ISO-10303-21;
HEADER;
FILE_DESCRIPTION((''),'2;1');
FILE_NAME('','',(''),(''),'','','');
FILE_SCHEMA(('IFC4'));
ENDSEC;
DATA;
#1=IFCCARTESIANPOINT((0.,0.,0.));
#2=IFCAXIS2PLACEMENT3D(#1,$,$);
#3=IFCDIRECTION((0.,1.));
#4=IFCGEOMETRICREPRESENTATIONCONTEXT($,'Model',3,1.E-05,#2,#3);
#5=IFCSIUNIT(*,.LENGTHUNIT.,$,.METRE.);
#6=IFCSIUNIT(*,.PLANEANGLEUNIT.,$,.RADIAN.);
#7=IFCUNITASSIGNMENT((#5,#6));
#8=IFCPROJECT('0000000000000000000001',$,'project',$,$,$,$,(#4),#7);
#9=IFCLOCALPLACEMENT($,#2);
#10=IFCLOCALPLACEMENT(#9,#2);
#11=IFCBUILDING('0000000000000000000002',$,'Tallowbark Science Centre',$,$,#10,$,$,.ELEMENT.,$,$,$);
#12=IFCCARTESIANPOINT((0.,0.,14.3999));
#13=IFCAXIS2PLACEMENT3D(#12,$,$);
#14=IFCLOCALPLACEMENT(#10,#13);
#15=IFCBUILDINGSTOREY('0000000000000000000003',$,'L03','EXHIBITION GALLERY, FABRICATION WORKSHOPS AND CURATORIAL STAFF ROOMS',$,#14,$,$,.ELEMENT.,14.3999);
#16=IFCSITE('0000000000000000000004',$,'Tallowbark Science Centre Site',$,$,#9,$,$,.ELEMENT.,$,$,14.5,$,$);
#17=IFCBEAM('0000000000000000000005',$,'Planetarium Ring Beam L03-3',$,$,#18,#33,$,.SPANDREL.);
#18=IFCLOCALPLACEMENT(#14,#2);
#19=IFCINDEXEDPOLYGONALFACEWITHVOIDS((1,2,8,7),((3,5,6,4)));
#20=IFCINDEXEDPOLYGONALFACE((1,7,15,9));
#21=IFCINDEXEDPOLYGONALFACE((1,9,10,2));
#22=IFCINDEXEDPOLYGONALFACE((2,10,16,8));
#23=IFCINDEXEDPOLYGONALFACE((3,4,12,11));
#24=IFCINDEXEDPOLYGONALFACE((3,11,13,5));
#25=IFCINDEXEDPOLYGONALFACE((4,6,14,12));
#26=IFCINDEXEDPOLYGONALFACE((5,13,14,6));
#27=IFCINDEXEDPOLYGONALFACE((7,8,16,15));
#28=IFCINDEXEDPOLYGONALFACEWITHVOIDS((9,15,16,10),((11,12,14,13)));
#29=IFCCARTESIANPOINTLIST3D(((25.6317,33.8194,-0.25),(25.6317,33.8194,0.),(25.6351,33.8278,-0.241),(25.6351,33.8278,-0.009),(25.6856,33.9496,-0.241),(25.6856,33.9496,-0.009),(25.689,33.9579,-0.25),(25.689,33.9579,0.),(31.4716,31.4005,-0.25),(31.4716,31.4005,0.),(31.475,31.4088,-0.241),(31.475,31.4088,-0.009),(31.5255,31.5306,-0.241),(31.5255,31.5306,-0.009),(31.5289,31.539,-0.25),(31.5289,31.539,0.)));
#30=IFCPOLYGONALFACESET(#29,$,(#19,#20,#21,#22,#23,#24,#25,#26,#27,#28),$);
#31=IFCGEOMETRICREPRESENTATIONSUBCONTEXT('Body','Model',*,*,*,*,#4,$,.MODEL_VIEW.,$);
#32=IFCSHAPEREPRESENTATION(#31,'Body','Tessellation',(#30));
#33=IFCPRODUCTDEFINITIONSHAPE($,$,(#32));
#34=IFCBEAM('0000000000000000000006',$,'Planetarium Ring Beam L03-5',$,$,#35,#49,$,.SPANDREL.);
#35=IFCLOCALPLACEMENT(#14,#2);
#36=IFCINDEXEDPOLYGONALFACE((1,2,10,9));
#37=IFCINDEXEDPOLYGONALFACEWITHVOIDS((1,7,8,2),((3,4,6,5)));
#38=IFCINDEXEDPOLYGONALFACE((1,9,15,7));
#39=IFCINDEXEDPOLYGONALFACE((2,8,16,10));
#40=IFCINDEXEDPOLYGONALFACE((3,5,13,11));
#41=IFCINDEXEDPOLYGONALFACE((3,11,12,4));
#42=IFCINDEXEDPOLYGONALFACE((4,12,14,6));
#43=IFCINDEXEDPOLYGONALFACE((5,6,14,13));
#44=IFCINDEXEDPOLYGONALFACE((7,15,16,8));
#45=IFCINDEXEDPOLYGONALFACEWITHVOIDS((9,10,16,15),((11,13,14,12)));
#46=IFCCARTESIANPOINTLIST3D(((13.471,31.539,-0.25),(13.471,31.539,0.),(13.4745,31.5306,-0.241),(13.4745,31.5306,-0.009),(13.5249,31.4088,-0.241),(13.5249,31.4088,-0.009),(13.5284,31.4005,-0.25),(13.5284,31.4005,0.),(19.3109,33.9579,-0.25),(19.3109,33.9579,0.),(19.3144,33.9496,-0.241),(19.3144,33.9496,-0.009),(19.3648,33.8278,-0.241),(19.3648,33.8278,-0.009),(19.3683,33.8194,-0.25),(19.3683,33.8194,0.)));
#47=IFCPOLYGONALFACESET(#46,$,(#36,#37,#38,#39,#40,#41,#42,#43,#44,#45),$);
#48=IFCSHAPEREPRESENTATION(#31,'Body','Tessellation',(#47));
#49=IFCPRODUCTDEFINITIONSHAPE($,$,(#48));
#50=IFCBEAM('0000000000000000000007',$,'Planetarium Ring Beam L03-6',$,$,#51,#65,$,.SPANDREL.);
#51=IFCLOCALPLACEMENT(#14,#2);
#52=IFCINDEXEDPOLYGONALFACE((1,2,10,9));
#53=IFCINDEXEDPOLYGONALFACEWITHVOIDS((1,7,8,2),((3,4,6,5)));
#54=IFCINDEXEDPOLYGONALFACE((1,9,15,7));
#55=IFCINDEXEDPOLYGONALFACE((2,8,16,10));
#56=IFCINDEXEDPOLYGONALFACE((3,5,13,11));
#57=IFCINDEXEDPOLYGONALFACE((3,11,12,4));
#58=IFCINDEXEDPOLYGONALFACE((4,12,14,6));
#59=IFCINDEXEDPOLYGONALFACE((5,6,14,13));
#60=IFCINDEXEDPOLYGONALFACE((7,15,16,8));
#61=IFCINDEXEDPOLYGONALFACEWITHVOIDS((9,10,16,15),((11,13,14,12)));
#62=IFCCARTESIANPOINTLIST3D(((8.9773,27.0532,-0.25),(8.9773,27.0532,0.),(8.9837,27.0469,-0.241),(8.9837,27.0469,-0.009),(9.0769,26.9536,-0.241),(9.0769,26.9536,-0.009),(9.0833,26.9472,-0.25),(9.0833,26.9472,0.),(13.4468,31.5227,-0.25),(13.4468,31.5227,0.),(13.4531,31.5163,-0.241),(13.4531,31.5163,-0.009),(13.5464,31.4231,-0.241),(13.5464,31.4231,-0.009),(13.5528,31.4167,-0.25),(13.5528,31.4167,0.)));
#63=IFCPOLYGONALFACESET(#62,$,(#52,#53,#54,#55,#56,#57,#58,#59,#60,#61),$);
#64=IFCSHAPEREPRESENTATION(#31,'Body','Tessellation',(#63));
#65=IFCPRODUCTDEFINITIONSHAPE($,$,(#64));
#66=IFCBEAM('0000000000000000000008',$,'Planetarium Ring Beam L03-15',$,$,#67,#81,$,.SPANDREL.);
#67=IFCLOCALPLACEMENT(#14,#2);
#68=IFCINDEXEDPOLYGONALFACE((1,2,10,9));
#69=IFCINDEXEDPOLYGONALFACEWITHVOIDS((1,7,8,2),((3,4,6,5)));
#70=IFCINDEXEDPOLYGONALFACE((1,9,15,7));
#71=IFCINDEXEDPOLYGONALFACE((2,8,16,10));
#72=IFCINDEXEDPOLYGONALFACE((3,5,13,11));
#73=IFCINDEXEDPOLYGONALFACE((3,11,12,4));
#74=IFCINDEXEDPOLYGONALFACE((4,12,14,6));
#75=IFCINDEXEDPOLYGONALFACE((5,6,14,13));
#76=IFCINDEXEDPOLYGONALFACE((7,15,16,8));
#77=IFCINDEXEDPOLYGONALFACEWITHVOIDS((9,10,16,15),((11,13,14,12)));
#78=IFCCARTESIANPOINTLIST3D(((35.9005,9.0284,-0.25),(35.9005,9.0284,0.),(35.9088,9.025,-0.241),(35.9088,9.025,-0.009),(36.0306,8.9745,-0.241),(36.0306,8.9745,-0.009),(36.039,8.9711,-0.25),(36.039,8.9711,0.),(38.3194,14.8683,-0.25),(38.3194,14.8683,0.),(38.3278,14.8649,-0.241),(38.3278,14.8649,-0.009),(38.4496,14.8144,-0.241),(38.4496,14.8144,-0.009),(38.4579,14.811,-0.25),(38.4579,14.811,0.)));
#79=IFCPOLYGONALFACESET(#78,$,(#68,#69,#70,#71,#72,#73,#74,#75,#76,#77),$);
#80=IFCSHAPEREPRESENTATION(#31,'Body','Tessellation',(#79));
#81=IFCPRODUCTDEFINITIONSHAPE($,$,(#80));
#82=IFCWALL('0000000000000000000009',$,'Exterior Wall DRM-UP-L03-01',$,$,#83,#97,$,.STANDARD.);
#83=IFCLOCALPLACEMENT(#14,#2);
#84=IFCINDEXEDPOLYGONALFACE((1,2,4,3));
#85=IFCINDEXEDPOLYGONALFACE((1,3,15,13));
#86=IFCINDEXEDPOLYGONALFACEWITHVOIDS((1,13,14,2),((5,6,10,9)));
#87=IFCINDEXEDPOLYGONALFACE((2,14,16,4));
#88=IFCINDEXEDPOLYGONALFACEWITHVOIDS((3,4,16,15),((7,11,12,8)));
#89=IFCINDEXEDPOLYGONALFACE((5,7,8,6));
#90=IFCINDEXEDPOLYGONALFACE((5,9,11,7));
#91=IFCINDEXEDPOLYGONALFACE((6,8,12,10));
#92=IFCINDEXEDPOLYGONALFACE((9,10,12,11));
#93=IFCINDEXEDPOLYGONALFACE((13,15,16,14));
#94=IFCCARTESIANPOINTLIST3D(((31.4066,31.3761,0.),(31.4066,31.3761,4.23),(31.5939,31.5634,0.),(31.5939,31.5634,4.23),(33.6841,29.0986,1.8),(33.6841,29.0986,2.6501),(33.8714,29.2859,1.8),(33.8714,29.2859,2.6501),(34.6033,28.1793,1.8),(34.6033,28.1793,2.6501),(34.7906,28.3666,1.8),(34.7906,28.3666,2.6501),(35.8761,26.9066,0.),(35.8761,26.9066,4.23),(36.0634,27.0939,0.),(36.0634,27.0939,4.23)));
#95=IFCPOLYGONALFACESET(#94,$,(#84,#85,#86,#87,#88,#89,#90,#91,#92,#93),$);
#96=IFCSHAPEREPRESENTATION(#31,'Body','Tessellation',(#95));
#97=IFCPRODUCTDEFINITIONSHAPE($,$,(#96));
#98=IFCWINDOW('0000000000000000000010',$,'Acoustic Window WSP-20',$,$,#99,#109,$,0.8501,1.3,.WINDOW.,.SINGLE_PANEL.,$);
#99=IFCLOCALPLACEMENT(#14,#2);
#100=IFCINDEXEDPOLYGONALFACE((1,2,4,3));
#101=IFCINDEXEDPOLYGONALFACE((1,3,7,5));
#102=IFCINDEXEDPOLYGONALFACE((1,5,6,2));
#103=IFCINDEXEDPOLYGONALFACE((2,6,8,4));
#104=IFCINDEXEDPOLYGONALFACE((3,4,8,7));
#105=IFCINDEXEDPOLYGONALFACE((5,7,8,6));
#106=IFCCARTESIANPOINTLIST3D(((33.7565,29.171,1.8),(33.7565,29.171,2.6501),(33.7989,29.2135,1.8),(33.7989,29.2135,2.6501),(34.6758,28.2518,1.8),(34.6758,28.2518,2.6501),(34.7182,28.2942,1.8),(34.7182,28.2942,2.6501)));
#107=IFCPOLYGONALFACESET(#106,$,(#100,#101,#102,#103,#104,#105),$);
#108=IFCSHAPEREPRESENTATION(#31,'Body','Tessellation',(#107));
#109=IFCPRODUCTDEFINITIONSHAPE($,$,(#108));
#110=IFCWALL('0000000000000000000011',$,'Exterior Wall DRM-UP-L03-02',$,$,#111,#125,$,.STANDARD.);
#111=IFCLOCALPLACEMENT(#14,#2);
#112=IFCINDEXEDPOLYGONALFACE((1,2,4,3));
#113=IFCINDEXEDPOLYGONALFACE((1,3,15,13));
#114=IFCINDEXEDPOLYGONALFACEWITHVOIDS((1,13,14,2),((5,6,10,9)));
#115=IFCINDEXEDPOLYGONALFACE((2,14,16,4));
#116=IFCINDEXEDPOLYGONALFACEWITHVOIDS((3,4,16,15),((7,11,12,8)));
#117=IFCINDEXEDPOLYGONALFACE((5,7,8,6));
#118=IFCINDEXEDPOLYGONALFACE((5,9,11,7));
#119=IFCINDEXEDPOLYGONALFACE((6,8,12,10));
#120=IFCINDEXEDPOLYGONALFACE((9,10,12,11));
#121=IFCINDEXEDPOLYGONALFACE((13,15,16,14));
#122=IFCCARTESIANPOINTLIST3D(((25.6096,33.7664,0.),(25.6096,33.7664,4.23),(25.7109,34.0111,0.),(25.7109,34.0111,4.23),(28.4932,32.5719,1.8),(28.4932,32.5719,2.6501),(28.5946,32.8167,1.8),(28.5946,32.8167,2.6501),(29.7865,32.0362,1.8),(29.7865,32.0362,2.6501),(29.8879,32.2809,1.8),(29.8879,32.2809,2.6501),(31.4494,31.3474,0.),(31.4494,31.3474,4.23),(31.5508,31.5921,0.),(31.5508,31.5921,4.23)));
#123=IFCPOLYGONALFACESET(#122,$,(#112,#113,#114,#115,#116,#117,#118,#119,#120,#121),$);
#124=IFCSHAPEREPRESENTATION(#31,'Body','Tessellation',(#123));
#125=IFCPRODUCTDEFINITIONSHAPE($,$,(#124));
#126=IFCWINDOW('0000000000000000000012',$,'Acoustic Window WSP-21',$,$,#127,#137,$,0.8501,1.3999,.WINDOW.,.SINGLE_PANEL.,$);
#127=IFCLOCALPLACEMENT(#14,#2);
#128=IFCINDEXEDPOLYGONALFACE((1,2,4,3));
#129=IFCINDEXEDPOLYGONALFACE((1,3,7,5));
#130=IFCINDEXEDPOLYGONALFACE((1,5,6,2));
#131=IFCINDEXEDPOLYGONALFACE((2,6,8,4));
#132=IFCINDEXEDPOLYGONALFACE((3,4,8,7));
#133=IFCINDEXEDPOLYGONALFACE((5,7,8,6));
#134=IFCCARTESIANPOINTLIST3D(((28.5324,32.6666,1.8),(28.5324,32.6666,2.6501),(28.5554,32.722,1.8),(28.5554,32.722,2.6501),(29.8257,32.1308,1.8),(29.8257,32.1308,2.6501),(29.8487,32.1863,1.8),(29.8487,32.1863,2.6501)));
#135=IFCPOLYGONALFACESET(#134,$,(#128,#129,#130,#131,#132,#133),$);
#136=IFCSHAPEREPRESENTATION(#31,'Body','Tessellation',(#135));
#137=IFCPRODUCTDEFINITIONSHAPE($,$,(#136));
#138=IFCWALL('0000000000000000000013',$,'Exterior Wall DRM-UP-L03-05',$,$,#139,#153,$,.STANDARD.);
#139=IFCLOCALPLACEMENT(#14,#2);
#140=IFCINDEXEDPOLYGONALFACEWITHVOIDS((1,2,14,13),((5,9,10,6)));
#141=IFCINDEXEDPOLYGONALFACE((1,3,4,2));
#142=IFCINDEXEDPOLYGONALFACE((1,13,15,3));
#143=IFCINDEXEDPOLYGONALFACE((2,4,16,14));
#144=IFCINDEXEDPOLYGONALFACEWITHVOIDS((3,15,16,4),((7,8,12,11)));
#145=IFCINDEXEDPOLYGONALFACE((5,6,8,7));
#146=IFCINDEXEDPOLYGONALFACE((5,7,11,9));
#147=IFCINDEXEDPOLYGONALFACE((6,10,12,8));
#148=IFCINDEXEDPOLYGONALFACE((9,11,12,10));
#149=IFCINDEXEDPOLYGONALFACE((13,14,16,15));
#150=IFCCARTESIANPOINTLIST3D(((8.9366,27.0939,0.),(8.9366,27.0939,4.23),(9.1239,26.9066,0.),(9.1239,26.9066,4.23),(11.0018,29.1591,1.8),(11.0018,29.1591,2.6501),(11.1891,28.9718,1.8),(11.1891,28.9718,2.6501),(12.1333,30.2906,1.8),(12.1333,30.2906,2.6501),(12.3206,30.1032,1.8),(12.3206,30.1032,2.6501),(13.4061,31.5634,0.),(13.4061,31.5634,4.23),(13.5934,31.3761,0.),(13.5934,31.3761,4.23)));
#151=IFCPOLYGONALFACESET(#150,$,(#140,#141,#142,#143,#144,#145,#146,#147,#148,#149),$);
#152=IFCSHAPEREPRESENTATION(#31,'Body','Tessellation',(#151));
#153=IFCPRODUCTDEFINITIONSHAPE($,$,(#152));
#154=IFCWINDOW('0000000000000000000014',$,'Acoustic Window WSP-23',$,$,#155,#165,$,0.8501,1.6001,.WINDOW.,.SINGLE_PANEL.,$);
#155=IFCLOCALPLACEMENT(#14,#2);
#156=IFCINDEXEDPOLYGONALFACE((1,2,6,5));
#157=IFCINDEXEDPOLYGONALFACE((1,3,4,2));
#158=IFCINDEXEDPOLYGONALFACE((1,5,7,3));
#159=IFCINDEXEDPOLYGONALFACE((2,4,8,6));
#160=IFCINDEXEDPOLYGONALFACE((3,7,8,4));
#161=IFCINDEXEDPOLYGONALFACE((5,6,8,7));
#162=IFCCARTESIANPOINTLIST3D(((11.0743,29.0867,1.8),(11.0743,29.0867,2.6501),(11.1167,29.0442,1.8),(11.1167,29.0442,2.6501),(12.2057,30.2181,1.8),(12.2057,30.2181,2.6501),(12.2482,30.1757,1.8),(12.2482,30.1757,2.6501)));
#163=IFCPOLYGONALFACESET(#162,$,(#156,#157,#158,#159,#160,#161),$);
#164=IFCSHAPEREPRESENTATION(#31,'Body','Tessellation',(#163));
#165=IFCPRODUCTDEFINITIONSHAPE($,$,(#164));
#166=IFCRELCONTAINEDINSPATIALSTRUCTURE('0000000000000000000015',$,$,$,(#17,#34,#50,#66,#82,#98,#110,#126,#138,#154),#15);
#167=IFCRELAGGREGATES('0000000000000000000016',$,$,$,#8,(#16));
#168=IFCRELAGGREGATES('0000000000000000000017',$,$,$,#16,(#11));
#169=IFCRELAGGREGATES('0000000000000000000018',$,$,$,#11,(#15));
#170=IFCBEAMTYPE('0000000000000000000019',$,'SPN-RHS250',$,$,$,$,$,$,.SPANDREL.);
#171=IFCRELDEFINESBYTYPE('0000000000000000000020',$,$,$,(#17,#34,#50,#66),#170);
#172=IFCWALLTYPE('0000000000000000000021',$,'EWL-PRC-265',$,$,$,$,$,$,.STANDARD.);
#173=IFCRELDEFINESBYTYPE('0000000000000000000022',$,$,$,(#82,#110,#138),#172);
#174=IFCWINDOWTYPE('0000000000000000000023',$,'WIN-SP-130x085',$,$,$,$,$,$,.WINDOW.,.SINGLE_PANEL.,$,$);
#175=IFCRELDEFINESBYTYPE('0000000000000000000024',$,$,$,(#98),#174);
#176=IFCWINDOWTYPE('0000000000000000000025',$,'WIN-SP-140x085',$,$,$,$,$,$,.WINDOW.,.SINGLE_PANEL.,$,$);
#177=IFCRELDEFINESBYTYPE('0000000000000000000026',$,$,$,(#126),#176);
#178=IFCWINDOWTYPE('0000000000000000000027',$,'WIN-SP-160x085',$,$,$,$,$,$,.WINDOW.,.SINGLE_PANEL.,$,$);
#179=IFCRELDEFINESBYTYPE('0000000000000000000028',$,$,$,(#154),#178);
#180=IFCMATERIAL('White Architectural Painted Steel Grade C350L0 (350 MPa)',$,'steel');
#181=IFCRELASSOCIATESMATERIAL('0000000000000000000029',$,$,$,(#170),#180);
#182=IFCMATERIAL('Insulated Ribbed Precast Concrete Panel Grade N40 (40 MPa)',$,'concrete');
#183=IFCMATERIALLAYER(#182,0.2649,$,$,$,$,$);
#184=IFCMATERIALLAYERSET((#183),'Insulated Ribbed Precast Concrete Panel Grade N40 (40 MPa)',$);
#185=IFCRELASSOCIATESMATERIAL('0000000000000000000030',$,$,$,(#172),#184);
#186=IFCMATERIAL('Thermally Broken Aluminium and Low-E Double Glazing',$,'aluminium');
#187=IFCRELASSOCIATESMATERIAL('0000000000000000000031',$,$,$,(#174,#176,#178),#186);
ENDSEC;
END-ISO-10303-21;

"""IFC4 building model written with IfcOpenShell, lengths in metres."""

from ifc_helpers import new_model, si_unit, direction, frame, frame_2d, origin, origin_2d, place, context, subcontext, project, spatial, rectangle, hollow_rectangle, extrude, material, layer, layer_set, material_profile, profile_set, type_object, element, fill, save


model = new_model("IFC4")

# Units and contexts
model_context = context("Model", 3, precision=1e-05, world=origin(), true_north=direction((0.0, 1.0)))
body_context = subcontext(model_context, "Body", "Model", "MODEL_VIEW")
ifc_project = project(units=[si_unit("LENGTHUNIT", "METRE"), si_unit("PLANEANGLEUNIT", "RADIAN")], contexts=[model_context])

# Site, building, storey
site_placement = place(None, origin())
site = spatial("IfcSite", under=ifc_project, at=site_placement, Name="Tallowbark Science Centre Site", CompositionType="ELEMENT", RefElevation=14.5)
building_placement = place(site_placement, origin())
building = spatial("IfcBuilding", under=site, at=building_placement, Name="Tallowbark Science Centre", CompositionType="ELEMENT")
storey_placement = place(building_placement, frame((0.0, 0.0, 14.3999)))
storey = spatial("IfcBuildingStorey", under=building, at=storey_placement, Name="L03", Description="EXHIBITION GALLERY, FABRICATION WORKSHOPS AND CURATORIAL STAFF ROOMS", CompositionType="ELEMENT", Elevation=14.3999)

# Beams
ifc_material_1 = material(Name="White Architectural Painted Steel Grade C350L0 (350 MPa)", Category="steel")
ifc_material_profile_1 = material_profile(ifc_material_1, hollow_rectangle(XDim=0.1499, YDim=0.25, WallThickness=0.009, at=origin_2d()), Name="250x150x9.0RHS")
ifc_profile_set_1 = profile_set([ifc_material_profile_1], Name="White Architectural Painted Steel Grade C350L0 (350 MPa)")
beam_type = type_object("IfcBeamType", Name="SPN-RHS250", PredefinedType="SPANDREL", material=ifc_profile_set_1)
for number, where, z_axis, x_axis, name in (
    (1, (31.5002, 31.4697, -0.125), (-0.923879, 0.382684, 0.0), (-0.382684, -0.923879, 0.0), "Planetarium Ring Beam L03-3"),
    (2, (19.3396, 33.8887, -0.125), (-0.923879, -0.382684, 0.0), (0.382684, -0.923879, 0.0), "Planetarium Ring Beam L03-5"),
):
    element("IfcBeam", number, at=place(storey_placement, frame(where, z_axis=z_axis, x_axis=x_axis)), inside=storey, type_object=beam_type, Name=name, PredefinedType="SPANDREL", context=body_context, shape_type="SweptSolid", body=[
        extrude(hollow_rectangle(XDim=0.1499, YDim=0.25, WallThickness=0.009, at=origin_2d()), origin(), (0.0, 0.0, 1.0), 6.321),
    ])
beam_1_placement = place(storey_placement, frame((13.4998, 31.4697, -0.125), z_axis=(-0.707107, -0.707107, 0.0), x_axis=(0.707107, -0.707107, 0.0)))
element("IfcBeam", 3, at=beam_1_placement, inside=storey, type_object=beam_type, Name="Planetarium Ring Beam L03-6", PredefinedType="SPANDREL", context=body_context, shape_type="SweptSolid", body=[
    extrude(hollow_rectangle(XDim=0.1499, YDim=0.25, WallThickness=0.009, at=origin_2d()), origin(), (0.0, 0.0, 1.0), 6.3208),
])
beam_2_placement = place(storey_placement, frame((35.9697, 8.9998, -0.125), z_axis=(0.382684, 0.923879, 0.0), x_axis=(-0.923879, 0.382684, 0.0)))
element("IfcBeam", 4, at=beam_2_placement, inside=storey, type_object=beam_type, Name="Planetarium Ring Beam L03-15", PredefinedType="SPANDREL", context=body_context, shape_type="SweptSolid", body=[
    extrude(hollow_rectangle(XDim=0.1499, YDim=0.25, WallThickness=0.009, at=origin_2d()), origin(), (0.0, 0.0, 1.0), 6.321),
])

# Walls, openings, windows
ifc_material_2 = material(Name="Insulated Ribbed Precast Concrete Panel Grade N40 (40 MPa)", Category="concrete")
ifc_layer_1 = layer(ifc_material_2, 0.2649)
ifc_layer_set_1 = layer_set([ifc_layer_1], Name="Insulated Ribbed Precast Concrete Panel Grade N40 (40 MPa)")
wall_type = type_object("IfcWallType", Name="EWL-PRC-265", PredefinedType="STANDARD", material=ifc_layer_set_1)
wall_1_placement = place(storey_placement, frame((35.9697, 27.0002, 0.0), z_axis=(0.0, 0.0, 1.0), x_axis=(-0.707107, 0.707107, 0.0)))
wall_1 = element("IfcWall", 5, at=wall_1_placement, inside=storey, type_object=wall_type, Name="Exterior Wall DRM-UP-L03-01", PredefinedType="STANDARD", context=body_context, shape_type="SweptSolid", body=[
    extrude(rectangle(XDim=6.3208, YDim=0.2649, at=frame_2d((3.1604, 0.0))), origin(), (0.0, 0.0, 1.0), 4.23),
])
opening_1_placement = place(wall_1_placement, frame((1.8, 0.0, 1.8)))
opening_1 = element("IfcOpeningElement", 6, at=opening_1_placement, cuts=wall_1, PredefinedType="OPENING", context=body_context, shape_type="SweptSolid", body=[
    extrude(rectangle(XDim=1.3, YDim=0.8501, at=frame_2d((0.6499, 0.425))), frame((0.0, 0.1426, 0.0), z_axis=(0.0, -1.0, 0.0), x_axis=(1.0, 0.0, 0.0)), (0.0, 0.0, 1.0), 0.2849),
])
ifc_material_3 = material(Name="Thermally Broken Aluminium and Low-E Double Glazing", Category="aluminium")
window_type_1 = type_object("IfcWindowType", Name="WIN-SP-130x085", PartitioningType="SINGLE_PANEL", PredefinedType="WINDOW", material=ifc_material_3)
window_1_placement = place(opening_1_placement, origin())
window_1 = element("IfcWindow", 7, at=window_1_placement, inside=storey, type_object=window_type_1, Name="Acoustic Window WSP-20", OverallHeight=0.8501, OverallWidth=1.3, PartitioningType="SINGLE_PANEL", PredefinedType="WINDOW", context=body_context, shape_type="SweptSolid", body=[
    extrude(rectangle(XDim=1.3, YDim=0.8501, at=frame_2d((0.6499, 0.425))), frame((0.0, 0.03, 0.0), z_axis=(0.0, -1.0, 0.0), x_axis=(1.0, 0.0, 0.0)), (0.0, 0.0, 1.0), 0.0601),
])
fill(opening_1, window_1)
wall_2_placement = place(storey_placement, frame((31.5002, 31.4697, 0.0), z_axis=(0.0, 0.0, 1.0), x_axis=(-0.923879, 0.382684, 0.0)))
wall_2 = element("IfcWall", 8, at=wall_2_placement, inside=storey, type_object=wall_type, Name="Exterior Wall DRM-UP-L03-02", PredefinedType="STANDARD", context=body_context, shape_type="SweptSolid", body=[
    extrude(rectangle(XDim=6.321, YDim=0.2649, at=frame_2d((3.1606, 0.0))), origin(), (0.0, 0.0, 1.0), 4.23),
])
opening_2_placement = place(wall_2_placement, frame((1.8, 0.0, 1.8)))
opening_2 = element("IfcOpeningElement", 9, at=opening_2_placement, cuts=wall_2, PredefinedType="OPENING", context=body_context, shape_type="SweptSolid", body=[
    extrude(rectangle(XDim=1.3999, YDim=0.8501, at=frame_2d((0.7, 0.425))), frame((0.0, 0.1426, 0.0), z_axis=(0.0, -1.0, 0.0), x_axis=(1.0, 0.0, 0.0)), (0.0, 0.0, 1.0), 0.2849),
])
window_type_2 = type_object("IfcWindowType", Name="WIN-SP-140x085", PartitioningType="SINGLE_PANEL", PredefinedType="WINDOW", material=ifc_material_3)
window_2_placement = place(opening_2_placement, origin())
window_2 = element("IfcWindow", 10, at=window_2_placement, inside=storey, type_object=window_type_2, Name="Acoustic Window WSP-21", OverallHeight=0.8501, OverallWidth=1.3999, PartitioningType="SINGLE_PANEL", PredefinedType="WINDOW", context=body_context, shape_type="SweptSolid", body=[
    extrude(rectangle(XDim=1.3999, YDim=0.8501, at=frame_2d((0.7, 0.425))), frame((0.0, 0.03, 0.0), z_axis=(0.0, -1.0, 0.0), x_axis=(1.0, 0.0, 0.0)), (0.0, 0.0, 1.0), 0.0601),
])
fill(opening_2, window_2)
wall_3_placement = place(storey_placement, frame((13.4998, 31.4697, 0.0), z_axis=(0.0, 0.0, 1.0), x_axis=(-0.707107, -0.707107, 0.0)))
wall_3 = element("IfcWall", 11, at=wall_3_placement, inside=storey, type_object=wall_type, Name="Exterior Wall DRM-UP-L03-05", PredefinedType="STANDARD", context=body_context, shape_type="SweptSolid", body=[
    extrude(rectangle(XDim=6.3208, YDim=0.2649, at=frame_2d((3.1604, 0.0))), origin(), (0.0, 0.0, 1.0), 4.23),
])
opening_3_placement = place(wall_3_placement, frame((1.8, 0.0, 1.8)))
opening_3 = element("IfcOpeningElement", 12, at=opening_3_placement, cuts=wall_3, PredefinedType="OPENING", context=body_context, shape_type="SweptSolid", body=[
    extrude(rectangle(XDim=1.6001, YDim=0.8501, at=frame_2d((0.8, 0.425))), frame((0.0, 0.1426, 0.0), z_axis=(0.0, -1.0, 0.0), x_axis=(1.0, 0.0, 0.0)), (0.0, 0.0, 1.0), 0.2849),
])
window_type_3 = type_object("IfcWindowType", Name="WIN-SP-160x085", PartitioningType="SINGLE_PANEL", PredefinedType="WINDOW", material=ifc_material_3)
window_3_placement = place(opening_3_placement, origin())
window_3 = element("IfcWindow", 13, at=window_3_placement, inside=storey, type_object=window_type_3, Name="Acoustic Window WSP-23", OverallHeight=0.8501, OverallWidth=1.6001, PartitioningType="SINGLE_PANEL", PredefinedType="WINDOW", context=body_context, shape_type="SweptSolid", body=[
    extrude(rectangle(XDim=1.6001, YDim=0.8501, at=frame_2d((0.8, 0.425))), frame((0.0, 0.03, 0.0), z_axis=(0.0, -1.0, 0.0), x_axis=(1.0, 0.0, 0.0)), (0.0, 0.0, 1.0), 0.0601),
])
fill(opening_3, window_3)

save(model, "model.ifc")
